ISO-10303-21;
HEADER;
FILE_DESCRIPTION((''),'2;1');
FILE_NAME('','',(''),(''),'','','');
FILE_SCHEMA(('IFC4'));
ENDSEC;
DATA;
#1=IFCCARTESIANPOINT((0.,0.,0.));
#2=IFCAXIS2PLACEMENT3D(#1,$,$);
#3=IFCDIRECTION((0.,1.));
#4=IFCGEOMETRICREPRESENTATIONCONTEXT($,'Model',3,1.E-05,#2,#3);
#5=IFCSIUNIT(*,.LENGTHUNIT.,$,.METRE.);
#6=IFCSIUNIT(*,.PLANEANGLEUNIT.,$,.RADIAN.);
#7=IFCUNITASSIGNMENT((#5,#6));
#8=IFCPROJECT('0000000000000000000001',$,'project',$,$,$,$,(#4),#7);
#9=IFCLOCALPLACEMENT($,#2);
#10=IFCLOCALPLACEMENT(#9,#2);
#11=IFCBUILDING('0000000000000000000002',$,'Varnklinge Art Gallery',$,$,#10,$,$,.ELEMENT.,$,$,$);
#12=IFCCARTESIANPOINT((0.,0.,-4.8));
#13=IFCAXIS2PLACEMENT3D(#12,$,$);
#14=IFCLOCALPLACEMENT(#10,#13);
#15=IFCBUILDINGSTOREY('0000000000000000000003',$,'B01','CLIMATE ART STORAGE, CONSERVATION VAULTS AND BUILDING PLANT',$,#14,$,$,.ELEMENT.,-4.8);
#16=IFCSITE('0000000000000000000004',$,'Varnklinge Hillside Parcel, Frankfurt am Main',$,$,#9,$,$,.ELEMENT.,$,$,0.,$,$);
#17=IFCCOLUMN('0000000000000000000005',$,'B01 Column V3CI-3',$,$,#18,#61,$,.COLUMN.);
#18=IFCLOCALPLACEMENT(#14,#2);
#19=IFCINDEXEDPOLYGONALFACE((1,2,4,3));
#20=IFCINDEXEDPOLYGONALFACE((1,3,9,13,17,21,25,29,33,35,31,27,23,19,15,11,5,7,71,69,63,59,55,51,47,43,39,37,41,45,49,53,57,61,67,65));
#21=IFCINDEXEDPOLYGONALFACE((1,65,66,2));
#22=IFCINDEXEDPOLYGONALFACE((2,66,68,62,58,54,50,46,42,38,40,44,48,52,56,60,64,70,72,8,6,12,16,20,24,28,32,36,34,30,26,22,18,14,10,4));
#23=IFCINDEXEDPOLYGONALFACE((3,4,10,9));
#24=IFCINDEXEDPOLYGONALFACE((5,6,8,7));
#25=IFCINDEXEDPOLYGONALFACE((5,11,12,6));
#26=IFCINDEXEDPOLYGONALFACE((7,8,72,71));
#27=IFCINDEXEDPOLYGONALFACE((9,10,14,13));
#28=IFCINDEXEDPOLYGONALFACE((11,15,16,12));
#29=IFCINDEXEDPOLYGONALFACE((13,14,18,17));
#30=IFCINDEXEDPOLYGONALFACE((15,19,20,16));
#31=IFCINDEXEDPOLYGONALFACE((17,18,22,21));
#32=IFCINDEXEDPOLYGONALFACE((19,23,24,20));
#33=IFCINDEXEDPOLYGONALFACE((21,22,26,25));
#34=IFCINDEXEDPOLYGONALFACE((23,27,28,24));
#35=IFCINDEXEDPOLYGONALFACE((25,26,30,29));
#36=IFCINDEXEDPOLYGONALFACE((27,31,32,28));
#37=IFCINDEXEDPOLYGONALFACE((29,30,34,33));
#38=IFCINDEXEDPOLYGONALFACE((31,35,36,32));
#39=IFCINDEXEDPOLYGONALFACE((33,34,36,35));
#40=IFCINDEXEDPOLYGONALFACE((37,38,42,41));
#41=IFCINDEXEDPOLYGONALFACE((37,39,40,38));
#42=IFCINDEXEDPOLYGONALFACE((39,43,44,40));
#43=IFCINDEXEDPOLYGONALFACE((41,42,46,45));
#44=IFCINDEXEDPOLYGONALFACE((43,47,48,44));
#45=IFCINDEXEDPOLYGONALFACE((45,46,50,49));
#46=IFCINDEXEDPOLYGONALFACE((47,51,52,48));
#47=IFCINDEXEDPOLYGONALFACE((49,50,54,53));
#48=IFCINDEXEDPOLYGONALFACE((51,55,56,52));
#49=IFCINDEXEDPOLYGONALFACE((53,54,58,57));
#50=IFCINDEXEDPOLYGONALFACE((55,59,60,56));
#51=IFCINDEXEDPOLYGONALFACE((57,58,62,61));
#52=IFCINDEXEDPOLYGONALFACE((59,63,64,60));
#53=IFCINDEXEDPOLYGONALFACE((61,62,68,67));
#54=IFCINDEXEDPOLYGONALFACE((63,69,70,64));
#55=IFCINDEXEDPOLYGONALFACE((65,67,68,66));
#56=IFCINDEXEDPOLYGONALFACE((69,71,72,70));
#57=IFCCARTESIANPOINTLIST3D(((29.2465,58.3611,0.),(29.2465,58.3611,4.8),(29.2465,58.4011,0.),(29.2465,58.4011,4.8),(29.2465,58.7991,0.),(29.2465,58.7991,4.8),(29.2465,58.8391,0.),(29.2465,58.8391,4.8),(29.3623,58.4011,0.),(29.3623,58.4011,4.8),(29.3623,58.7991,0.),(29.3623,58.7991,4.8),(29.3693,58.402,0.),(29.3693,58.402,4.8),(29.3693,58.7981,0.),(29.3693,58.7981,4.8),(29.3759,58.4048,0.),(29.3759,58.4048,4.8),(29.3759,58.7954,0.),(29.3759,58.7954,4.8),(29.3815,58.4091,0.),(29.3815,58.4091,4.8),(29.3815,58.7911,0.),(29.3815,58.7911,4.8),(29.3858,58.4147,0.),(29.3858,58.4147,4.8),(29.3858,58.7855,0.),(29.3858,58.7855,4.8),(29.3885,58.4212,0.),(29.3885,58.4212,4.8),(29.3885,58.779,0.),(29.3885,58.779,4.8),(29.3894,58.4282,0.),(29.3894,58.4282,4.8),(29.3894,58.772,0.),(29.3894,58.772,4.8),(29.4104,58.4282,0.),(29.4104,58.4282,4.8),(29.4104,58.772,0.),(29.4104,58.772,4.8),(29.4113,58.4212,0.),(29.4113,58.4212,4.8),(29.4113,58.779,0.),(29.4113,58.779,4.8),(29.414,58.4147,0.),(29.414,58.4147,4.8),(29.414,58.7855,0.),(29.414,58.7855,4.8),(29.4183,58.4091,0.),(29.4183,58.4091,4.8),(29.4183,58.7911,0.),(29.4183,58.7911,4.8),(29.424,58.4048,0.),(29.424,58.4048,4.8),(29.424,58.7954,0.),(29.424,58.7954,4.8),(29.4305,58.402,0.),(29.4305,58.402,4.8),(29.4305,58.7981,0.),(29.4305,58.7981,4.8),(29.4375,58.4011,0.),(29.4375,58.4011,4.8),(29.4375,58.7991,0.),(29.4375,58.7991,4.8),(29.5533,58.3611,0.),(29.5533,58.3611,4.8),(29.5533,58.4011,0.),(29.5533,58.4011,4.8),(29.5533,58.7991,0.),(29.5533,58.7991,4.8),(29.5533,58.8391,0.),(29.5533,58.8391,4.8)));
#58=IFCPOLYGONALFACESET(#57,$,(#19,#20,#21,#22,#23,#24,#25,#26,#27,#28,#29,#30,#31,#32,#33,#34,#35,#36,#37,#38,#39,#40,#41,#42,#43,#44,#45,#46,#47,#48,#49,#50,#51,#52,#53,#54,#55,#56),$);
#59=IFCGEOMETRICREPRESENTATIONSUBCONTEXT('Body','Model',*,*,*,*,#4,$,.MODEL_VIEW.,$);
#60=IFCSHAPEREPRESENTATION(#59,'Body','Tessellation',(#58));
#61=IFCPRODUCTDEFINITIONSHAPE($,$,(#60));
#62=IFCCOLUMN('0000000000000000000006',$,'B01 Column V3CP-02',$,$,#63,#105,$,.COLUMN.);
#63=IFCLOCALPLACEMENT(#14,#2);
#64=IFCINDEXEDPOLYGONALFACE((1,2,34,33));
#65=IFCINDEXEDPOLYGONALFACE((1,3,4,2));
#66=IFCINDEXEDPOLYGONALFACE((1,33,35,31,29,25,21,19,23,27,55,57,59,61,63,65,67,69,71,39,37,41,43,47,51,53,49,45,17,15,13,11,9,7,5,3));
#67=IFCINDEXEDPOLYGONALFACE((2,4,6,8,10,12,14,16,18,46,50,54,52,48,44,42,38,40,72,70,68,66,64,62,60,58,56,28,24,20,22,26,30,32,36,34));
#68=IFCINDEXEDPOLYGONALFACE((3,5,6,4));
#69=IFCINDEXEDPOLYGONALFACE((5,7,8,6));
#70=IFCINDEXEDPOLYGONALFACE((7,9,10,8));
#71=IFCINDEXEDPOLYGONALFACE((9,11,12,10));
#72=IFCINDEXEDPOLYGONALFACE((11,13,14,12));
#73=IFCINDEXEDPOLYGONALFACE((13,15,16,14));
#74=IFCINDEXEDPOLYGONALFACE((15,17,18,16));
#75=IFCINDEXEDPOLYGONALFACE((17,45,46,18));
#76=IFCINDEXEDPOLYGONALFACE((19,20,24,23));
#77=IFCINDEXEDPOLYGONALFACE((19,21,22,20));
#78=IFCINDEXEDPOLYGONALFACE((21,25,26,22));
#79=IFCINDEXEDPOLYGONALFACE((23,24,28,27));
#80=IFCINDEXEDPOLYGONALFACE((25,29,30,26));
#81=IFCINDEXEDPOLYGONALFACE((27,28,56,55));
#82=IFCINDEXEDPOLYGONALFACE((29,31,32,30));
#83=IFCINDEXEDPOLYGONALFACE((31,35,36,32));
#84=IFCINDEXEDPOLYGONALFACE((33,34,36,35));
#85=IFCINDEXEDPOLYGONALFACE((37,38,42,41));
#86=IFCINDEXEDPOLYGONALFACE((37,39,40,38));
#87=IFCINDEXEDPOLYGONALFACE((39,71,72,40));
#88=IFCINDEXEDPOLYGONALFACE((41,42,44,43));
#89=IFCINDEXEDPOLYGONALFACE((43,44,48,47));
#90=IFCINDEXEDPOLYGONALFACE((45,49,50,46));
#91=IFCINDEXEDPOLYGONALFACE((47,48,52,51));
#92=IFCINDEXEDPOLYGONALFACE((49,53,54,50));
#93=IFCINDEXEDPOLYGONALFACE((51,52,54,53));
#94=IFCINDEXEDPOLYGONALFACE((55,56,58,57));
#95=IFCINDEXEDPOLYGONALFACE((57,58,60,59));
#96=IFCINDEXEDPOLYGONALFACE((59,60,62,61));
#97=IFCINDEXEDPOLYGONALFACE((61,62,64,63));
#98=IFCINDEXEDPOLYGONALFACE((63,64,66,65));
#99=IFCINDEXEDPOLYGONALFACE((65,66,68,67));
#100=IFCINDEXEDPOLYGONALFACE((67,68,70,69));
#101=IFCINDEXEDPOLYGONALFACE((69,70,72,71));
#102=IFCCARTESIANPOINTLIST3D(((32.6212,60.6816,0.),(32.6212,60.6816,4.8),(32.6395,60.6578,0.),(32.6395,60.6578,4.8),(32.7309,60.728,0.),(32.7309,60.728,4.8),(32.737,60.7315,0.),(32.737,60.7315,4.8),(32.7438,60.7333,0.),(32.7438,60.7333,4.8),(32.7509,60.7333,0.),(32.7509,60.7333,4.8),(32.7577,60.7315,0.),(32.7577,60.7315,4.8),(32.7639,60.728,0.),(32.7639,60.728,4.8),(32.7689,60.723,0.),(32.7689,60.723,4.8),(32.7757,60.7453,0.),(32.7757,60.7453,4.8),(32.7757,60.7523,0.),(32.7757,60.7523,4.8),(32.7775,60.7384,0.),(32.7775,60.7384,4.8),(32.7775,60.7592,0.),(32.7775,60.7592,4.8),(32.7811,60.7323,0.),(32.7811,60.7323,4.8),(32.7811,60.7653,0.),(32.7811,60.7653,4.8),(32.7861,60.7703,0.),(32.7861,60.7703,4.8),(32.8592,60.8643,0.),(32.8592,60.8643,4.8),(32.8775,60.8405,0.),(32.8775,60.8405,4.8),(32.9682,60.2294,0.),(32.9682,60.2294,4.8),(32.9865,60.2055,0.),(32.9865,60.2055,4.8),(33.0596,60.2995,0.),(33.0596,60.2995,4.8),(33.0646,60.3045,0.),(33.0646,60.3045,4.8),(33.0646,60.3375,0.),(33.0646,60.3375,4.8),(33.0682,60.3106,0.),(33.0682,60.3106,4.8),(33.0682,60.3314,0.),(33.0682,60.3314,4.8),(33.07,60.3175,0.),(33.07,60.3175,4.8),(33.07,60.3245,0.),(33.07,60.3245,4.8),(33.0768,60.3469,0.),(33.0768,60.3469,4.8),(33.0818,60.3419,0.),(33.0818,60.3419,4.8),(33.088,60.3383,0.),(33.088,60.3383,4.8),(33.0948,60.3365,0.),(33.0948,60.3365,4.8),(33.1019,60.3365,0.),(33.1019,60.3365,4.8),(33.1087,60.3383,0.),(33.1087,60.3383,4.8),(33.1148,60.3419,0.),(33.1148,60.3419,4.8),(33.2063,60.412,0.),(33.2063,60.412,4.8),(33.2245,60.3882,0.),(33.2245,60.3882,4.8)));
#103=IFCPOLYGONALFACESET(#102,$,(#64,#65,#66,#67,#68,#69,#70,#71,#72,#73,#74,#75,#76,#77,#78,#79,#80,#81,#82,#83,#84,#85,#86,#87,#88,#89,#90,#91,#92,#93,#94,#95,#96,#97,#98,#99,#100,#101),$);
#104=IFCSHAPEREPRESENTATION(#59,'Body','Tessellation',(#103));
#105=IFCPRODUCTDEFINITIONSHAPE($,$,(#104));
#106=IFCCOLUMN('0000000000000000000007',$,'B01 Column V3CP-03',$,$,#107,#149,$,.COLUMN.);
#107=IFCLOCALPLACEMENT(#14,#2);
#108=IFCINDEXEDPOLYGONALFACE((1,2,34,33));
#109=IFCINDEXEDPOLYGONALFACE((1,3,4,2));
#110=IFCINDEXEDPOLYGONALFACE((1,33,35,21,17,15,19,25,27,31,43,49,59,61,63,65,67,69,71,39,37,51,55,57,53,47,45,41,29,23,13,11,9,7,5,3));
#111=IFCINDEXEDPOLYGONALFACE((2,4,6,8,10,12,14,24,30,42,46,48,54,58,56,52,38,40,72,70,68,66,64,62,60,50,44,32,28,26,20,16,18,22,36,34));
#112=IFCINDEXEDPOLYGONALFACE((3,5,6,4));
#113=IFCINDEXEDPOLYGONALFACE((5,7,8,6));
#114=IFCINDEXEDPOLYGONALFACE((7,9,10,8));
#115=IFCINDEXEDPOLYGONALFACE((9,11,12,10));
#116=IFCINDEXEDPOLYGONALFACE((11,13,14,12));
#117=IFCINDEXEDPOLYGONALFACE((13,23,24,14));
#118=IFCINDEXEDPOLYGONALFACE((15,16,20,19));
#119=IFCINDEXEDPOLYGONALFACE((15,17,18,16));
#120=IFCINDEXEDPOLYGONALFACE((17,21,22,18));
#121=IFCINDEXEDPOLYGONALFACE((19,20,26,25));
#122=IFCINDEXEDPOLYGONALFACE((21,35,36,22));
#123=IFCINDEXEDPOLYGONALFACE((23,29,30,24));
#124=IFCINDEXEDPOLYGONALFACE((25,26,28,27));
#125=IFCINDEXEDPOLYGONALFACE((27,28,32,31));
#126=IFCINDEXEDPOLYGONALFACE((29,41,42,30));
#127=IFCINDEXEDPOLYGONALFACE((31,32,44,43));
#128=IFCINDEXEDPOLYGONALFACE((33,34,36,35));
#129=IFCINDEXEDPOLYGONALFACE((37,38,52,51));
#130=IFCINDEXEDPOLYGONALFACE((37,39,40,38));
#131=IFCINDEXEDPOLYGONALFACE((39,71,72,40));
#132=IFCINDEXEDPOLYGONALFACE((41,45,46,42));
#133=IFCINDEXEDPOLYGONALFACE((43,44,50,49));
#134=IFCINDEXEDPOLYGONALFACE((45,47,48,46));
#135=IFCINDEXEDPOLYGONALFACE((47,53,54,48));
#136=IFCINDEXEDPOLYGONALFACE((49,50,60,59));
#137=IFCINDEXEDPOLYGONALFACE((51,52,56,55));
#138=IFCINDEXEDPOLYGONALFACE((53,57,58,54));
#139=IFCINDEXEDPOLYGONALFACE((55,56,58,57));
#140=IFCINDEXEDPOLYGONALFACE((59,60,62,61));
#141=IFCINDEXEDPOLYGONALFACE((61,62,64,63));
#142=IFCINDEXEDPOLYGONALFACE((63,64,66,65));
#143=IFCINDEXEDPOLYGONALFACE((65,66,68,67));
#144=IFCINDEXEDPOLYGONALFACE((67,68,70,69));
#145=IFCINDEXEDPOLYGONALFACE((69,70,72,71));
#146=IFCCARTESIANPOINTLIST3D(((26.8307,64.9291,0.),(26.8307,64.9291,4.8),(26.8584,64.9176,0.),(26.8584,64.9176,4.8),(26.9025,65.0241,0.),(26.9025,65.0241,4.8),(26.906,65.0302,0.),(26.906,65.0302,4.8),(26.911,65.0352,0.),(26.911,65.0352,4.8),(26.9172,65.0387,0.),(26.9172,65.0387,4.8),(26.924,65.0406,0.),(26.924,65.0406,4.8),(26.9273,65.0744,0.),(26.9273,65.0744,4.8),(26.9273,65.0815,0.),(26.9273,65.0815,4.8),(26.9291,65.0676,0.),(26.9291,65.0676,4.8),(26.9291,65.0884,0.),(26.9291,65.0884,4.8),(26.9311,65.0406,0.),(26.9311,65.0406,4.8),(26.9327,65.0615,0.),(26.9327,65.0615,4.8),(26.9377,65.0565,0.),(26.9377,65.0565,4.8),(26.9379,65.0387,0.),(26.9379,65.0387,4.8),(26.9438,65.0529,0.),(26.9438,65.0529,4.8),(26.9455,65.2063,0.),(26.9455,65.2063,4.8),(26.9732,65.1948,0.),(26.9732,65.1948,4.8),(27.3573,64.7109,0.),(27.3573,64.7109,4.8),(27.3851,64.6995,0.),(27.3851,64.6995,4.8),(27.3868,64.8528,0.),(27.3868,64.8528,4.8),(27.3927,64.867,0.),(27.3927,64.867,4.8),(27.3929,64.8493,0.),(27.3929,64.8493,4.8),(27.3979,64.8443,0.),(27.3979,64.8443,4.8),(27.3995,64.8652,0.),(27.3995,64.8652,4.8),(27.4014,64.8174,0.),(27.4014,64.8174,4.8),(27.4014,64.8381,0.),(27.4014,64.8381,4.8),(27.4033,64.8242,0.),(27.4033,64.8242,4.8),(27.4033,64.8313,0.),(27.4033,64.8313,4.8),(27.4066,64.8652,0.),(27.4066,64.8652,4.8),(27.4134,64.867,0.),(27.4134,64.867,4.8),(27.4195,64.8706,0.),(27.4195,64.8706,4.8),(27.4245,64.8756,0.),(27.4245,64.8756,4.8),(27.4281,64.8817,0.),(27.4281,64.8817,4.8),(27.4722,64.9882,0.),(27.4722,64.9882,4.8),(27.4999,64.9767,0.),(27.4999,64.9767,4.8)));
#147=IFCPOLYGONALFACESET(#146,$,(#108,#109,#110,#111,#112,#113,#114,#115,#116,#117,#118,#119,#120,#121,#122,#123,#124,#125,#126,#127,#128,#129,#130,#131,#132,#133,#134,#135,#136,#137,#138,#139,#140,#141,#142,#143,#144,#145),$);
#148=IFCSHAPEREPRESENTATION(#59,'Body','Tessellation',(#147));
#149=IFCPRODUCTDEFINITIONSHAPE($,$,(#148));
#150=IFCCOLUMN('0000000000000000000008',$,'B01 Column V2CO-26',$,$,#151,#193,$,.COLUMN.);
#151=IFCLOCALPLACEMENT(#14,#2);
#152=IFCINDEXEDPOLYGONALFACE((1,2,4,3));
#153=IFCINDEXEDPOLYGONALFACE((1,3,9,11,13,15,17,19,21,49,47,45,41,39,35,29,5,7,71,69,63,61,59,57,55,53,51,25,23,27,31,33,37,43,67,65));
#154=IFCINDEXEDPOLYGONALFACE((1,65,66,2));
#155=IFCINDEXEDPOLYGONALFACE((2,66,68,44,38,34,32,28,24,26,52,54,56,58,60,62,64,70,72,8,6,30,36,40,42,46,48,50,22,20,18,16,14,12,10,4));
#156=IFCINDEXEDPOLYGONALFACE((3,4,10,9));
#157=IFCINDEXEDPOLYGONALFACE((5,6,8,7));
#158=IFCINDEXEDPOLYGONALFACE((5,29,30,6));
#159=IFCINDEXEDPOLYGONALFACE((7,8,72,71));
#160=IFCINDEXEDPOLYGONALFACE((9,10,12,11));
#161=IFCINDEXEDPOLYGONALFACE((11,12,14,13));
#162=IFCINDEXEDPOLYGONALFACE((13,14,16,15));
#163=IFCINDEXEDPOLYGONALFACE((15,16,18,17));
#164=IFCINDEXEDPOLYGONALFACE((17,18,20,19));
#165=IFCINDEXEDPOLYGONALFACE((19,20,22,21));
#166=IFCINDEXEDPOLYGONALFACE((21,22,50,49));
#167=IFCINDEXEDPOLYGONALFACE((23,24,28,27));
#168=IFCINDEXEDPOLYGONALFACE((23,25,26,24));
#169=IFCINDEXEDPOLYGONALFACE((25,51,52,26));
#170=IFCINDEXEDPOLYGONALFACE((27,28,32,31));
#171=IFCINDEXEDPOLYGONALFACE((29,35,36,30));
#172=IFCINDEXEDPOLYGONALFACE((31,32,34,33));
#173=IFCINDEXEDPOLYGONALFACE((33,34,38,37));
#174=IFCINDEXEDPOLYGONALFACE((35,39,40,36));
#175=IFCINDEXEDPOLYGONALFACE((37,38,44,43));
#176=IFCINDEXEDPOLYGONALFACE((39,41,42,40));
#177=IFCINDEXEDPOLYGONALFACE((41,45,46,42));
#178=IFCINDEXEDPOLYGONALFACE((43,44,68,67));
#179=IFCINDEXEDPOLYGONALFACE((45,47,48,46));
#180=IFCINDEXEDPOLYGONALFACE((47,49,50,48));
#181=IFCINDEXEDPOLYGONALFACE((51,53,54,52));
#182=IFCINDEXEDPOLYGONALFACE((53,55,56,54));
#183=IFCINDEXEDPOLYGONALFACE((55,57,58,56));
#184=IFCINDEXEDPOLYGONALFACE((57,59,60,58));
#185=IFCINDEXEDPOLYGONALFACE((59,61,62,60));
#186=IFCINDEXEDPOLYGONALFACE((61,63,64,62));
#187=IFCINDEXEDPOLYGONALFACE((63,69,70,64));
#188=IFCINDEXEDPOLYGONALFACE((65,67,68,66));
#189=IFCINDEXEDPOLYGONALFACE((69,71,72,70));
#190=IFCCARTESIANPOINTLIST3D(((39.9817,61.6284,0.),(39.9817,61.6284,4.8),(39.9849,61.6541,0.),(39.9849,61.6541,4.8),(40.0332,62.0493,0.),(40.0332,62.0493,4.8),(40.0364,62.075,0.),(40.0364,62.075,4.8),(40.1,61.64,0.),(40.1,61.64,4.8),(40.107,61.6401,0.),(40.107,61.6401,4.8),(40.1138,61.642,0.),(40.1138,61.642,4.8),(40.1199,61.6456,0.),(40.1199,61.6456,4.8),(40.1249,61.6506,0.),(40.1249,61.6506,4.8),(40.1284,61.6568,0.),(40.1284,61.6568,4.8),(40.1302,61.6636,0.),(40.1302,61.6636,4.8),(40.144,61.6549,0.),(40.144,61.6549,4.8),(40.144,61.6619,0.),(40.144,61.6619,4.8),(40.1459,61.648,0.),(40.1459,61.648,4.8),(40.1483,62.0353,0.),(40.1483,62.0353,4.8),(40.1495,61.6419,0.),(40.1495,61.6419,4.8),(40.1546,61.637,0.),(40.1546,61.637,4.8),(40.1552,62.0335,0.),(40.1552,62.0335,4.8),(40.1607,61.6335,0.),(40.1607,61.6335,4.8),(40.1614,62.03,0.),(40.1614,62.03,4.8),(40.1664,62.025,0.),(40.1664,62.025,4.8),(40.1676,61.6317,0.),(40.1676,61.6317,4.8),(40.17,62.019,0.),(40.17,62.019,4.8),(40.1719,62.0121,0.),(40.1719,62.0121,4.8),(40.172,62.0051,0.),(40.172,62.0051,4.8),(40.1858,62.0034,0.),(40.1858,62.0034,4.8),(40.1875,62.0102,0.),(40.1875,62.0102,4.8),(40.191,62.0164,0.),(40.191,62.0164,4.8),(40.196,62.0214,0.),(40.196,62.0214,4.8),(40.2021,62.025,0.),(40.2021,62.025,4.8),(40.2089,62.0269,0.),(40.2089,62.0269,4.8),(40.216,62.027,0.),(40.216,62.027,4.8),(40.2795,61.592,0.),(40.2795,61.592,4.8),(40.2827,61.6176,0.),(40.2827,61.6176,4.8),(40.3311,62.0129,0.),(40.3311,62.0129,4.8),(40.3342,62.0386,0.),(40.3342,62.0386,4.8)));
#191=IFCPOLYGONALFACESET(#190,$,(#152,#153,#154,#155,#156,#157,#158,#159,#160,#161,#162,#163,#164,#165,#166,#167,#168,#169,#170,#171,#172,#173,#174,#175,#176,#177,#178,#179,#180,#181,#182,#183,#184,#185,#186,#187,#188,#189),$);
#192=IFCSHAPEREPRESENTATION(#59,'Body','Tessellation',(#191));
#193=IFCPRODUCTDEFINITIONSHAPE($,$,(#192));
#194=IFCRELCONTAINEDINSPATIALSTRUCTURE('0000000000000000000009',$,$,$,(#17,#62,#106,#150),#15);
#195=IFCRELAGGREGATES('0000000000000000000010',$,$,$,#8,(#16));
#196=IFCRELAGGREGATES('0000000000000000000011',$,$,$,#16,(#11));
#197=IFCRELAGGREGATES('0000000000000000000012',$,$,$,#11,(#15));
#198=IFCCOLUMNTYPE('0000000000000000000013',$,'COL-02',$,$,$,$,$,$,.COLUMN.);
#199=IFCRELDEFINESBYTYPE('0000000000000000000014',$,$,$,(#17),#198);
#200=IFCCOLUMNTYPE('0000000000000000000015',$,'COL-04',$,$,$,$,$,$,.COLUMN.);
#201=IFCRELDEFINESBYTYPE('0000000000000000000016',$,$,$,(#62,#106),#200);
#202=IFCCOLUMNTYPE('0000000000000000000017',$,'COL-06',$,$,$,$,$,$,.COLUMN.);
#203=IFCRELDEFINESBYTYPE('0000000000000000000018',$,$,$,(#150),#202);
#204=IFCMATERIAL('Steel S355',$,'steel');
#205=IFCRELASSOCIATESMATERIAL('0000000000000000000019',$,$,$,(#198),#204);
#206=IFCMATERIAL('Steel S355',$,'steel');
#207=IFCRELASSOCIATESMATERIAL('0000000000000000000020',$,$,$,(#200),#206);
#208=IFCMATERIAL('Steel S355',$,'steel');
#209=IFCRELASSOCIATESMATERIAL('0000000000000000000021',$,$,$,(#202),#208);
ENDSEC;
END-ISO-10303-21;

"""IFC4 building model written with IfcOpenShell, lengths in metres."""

from ifc_helpers import new_model, si_unit, direction, frame, origin, origin_2d, place, context, subcontext, project, spatial, i_section, extrude, material, material_profile, profile_set, type_object, element, save


model = new_model("IFC4")

# Units and contexts
model_context = context("Model", 3, precision=1e-05, world=origin(), true_north=direction((0.0, 1.0)))
body_context = subcontext(model_context, "Body", "Model", "MODEL_VIEW")
ifc_project = project(units=[si_unit("LENGTHUNIT", "METRE"), si_unit("PLANEANGLEUNIT", "RADIAN")], contexts=[model_context])

# Site, building, storey
site_placement = place(None, origin())
site = spatial("IfcSite", under=ifc_project, at=site_placement, Name="Varnklinge Hillside Parcel, Frankfurt am Main", CompositionType="ELEMENT", RefElevation=0.0)
building_placement = place(site_placement, origin())
building = spatial("IfcBuilding", under=site, at=building_placement, Name="Varnklinge Art Gallery", CompositionType="ELEMENT")
storey_placement = place(building_placement, frame((0.0, 0.0, -4.8)))
storey = spatial("IfcBuildingStorey", under=building, at=storey_placement, Name="B01", Description="CLIMATE ART STORAGE, CONSERVATION VAULTS AND BUILDING PLANT", CompositionType="ELEMENT", Elevation=-4.8)

# Columns
ifc_material_1 = material(Name="Steel S355", Category="steel")
ifc_material_profile_1 = material_profile(ifc_material_1, i_section(OverallWidth=0.3069, OverallDepth=0.478, WebThickness=0.021, FlangeThickness=0.04, FilletRadius=0.0271, at=origin_2d()), Name="HEM 450")
ifc_profile_set_1 = profile_set([ifc_material_profile_1], Name="Steel S355")
column_type_1 = type_object("IfcColumnType", Name="COL-02", PredefinedType="COLUMN", material=ifc_profile_set_1)
column_placement = place(storey_placement, frame((29.3999, 58.6001, 0.0), z_axis=(0.0, 0.0, 1.0), x_axis=(1.0, 0.0, 0.0)))
element("IfcColumn", 1, at=column_placement, inside=storey, type_object=column_type_1, Name="B01 Column V3CI-3", PredefinedType="COLUMN", context=body_context, shape_type="SweptSolid", body=[
    extrude(i_section(OverallWidth=0.3069, OverallDepth=0.478, WebThickness=0.021, FlangeThickness=0.04, FilletRadius=0.0271, at=origin_2d()), origin(), (0.0, 0.0, 1.0), 4.8),
])
ifc_material_2 = material(Name="Steel S355", Category="steel")
ifc_material_profile_2 = material_profile(ifc_material_2, i_section(OverallWidth=0.3, OverallDepth=0.6001, WebThickness=0.0154, FlangeThickness=0.03, FilletRadius=0.0271, at=origin_2d()), Name="HEB 600")
ifc_profile_set_2 = profile_set([ifc_material_profile_2], Name="Steel S355")
column_type_2 = type_object("IfcColumnType", Name="COL-04", PredefinedType="COLUMN", material=ifc_profile_set_2)
for number, where, z_axis, x_axis, name in (
    (2, (32.9229, 60.5349, 0.0), (0.0, 0.0, 1.0), (0.793353, 0.608761, 0.0), "B01 Column V3CP-02"),
    (3, (27.1653, 64.9529, 0.0), (0.0, 0.0, 1.0), (0.382683, 0.92388, 0.0), "B01 Column V3CP-03"),
):
    element("IfcColumn", number, at=place(storey_placement, frame(where, z_axis=z_axis, x_axis=x_axis)), inside=storey, type_object=column_type_2, Name=name, PredefinedType="COLUMN", context=body_context, shape_type="SweptSolid", body=[
        extrude(i_section(OverallWidth=0.3, OverallDepth=0.6001, WebThickness=0.0154, FlangeThickness=0.03, FilletRadius=0.0271, at=origin_2d()), origin(), (0.0, 0.0, 1.0), 4.8),
    ])
ifc_material_3 = material(Name="Steel S355", Category="steel")
ifc_material_profile_3 = material_profile(ifc_material_3, i_section(OverallWidth=0.3, OverallDepth=0.45, WebThickness=0.0139, FlangeThickness=0.0259, FilletRadius=0.0271, at=origin_2d()), Name="HEB 450")
ifc_profile_set_3 = profile_set([ifc_material_profile_3], Name="Steel S355")
column_type_3 = type_object("IfcColumnType", Name="COL-06", PredefinedType="COLUMN", material=ifc_profile_set_3)
for number, where, z_axis, x_axis, name in (
    (4, (40.158, 61.8335, 0.0), (0.0, 0.0, 1.0), (0.992589, -0.121523, 0.0), "B01 Column V2CO-26"),
):
    element("IfcColumn", number, at=place(storey_placement, frame(where, z_axis=z_axis, x_axis=x_axis)), inside=storey, type_object=column_type_3, Name=name, PredefinedType="COLUMN", context=body_context, shape_type="SweptSolid", body=[
        extrude(i_section(OverallWidth=0.3, OverallDepth=0.45, WebThickness=0.0139, FlangeThickness=0.0259, FilletRadius=0.0271, at=origin_2d()), origin(), (0.0, 0.0, 1.0), 4.8),
    ])

save(model, "model.ifc")
